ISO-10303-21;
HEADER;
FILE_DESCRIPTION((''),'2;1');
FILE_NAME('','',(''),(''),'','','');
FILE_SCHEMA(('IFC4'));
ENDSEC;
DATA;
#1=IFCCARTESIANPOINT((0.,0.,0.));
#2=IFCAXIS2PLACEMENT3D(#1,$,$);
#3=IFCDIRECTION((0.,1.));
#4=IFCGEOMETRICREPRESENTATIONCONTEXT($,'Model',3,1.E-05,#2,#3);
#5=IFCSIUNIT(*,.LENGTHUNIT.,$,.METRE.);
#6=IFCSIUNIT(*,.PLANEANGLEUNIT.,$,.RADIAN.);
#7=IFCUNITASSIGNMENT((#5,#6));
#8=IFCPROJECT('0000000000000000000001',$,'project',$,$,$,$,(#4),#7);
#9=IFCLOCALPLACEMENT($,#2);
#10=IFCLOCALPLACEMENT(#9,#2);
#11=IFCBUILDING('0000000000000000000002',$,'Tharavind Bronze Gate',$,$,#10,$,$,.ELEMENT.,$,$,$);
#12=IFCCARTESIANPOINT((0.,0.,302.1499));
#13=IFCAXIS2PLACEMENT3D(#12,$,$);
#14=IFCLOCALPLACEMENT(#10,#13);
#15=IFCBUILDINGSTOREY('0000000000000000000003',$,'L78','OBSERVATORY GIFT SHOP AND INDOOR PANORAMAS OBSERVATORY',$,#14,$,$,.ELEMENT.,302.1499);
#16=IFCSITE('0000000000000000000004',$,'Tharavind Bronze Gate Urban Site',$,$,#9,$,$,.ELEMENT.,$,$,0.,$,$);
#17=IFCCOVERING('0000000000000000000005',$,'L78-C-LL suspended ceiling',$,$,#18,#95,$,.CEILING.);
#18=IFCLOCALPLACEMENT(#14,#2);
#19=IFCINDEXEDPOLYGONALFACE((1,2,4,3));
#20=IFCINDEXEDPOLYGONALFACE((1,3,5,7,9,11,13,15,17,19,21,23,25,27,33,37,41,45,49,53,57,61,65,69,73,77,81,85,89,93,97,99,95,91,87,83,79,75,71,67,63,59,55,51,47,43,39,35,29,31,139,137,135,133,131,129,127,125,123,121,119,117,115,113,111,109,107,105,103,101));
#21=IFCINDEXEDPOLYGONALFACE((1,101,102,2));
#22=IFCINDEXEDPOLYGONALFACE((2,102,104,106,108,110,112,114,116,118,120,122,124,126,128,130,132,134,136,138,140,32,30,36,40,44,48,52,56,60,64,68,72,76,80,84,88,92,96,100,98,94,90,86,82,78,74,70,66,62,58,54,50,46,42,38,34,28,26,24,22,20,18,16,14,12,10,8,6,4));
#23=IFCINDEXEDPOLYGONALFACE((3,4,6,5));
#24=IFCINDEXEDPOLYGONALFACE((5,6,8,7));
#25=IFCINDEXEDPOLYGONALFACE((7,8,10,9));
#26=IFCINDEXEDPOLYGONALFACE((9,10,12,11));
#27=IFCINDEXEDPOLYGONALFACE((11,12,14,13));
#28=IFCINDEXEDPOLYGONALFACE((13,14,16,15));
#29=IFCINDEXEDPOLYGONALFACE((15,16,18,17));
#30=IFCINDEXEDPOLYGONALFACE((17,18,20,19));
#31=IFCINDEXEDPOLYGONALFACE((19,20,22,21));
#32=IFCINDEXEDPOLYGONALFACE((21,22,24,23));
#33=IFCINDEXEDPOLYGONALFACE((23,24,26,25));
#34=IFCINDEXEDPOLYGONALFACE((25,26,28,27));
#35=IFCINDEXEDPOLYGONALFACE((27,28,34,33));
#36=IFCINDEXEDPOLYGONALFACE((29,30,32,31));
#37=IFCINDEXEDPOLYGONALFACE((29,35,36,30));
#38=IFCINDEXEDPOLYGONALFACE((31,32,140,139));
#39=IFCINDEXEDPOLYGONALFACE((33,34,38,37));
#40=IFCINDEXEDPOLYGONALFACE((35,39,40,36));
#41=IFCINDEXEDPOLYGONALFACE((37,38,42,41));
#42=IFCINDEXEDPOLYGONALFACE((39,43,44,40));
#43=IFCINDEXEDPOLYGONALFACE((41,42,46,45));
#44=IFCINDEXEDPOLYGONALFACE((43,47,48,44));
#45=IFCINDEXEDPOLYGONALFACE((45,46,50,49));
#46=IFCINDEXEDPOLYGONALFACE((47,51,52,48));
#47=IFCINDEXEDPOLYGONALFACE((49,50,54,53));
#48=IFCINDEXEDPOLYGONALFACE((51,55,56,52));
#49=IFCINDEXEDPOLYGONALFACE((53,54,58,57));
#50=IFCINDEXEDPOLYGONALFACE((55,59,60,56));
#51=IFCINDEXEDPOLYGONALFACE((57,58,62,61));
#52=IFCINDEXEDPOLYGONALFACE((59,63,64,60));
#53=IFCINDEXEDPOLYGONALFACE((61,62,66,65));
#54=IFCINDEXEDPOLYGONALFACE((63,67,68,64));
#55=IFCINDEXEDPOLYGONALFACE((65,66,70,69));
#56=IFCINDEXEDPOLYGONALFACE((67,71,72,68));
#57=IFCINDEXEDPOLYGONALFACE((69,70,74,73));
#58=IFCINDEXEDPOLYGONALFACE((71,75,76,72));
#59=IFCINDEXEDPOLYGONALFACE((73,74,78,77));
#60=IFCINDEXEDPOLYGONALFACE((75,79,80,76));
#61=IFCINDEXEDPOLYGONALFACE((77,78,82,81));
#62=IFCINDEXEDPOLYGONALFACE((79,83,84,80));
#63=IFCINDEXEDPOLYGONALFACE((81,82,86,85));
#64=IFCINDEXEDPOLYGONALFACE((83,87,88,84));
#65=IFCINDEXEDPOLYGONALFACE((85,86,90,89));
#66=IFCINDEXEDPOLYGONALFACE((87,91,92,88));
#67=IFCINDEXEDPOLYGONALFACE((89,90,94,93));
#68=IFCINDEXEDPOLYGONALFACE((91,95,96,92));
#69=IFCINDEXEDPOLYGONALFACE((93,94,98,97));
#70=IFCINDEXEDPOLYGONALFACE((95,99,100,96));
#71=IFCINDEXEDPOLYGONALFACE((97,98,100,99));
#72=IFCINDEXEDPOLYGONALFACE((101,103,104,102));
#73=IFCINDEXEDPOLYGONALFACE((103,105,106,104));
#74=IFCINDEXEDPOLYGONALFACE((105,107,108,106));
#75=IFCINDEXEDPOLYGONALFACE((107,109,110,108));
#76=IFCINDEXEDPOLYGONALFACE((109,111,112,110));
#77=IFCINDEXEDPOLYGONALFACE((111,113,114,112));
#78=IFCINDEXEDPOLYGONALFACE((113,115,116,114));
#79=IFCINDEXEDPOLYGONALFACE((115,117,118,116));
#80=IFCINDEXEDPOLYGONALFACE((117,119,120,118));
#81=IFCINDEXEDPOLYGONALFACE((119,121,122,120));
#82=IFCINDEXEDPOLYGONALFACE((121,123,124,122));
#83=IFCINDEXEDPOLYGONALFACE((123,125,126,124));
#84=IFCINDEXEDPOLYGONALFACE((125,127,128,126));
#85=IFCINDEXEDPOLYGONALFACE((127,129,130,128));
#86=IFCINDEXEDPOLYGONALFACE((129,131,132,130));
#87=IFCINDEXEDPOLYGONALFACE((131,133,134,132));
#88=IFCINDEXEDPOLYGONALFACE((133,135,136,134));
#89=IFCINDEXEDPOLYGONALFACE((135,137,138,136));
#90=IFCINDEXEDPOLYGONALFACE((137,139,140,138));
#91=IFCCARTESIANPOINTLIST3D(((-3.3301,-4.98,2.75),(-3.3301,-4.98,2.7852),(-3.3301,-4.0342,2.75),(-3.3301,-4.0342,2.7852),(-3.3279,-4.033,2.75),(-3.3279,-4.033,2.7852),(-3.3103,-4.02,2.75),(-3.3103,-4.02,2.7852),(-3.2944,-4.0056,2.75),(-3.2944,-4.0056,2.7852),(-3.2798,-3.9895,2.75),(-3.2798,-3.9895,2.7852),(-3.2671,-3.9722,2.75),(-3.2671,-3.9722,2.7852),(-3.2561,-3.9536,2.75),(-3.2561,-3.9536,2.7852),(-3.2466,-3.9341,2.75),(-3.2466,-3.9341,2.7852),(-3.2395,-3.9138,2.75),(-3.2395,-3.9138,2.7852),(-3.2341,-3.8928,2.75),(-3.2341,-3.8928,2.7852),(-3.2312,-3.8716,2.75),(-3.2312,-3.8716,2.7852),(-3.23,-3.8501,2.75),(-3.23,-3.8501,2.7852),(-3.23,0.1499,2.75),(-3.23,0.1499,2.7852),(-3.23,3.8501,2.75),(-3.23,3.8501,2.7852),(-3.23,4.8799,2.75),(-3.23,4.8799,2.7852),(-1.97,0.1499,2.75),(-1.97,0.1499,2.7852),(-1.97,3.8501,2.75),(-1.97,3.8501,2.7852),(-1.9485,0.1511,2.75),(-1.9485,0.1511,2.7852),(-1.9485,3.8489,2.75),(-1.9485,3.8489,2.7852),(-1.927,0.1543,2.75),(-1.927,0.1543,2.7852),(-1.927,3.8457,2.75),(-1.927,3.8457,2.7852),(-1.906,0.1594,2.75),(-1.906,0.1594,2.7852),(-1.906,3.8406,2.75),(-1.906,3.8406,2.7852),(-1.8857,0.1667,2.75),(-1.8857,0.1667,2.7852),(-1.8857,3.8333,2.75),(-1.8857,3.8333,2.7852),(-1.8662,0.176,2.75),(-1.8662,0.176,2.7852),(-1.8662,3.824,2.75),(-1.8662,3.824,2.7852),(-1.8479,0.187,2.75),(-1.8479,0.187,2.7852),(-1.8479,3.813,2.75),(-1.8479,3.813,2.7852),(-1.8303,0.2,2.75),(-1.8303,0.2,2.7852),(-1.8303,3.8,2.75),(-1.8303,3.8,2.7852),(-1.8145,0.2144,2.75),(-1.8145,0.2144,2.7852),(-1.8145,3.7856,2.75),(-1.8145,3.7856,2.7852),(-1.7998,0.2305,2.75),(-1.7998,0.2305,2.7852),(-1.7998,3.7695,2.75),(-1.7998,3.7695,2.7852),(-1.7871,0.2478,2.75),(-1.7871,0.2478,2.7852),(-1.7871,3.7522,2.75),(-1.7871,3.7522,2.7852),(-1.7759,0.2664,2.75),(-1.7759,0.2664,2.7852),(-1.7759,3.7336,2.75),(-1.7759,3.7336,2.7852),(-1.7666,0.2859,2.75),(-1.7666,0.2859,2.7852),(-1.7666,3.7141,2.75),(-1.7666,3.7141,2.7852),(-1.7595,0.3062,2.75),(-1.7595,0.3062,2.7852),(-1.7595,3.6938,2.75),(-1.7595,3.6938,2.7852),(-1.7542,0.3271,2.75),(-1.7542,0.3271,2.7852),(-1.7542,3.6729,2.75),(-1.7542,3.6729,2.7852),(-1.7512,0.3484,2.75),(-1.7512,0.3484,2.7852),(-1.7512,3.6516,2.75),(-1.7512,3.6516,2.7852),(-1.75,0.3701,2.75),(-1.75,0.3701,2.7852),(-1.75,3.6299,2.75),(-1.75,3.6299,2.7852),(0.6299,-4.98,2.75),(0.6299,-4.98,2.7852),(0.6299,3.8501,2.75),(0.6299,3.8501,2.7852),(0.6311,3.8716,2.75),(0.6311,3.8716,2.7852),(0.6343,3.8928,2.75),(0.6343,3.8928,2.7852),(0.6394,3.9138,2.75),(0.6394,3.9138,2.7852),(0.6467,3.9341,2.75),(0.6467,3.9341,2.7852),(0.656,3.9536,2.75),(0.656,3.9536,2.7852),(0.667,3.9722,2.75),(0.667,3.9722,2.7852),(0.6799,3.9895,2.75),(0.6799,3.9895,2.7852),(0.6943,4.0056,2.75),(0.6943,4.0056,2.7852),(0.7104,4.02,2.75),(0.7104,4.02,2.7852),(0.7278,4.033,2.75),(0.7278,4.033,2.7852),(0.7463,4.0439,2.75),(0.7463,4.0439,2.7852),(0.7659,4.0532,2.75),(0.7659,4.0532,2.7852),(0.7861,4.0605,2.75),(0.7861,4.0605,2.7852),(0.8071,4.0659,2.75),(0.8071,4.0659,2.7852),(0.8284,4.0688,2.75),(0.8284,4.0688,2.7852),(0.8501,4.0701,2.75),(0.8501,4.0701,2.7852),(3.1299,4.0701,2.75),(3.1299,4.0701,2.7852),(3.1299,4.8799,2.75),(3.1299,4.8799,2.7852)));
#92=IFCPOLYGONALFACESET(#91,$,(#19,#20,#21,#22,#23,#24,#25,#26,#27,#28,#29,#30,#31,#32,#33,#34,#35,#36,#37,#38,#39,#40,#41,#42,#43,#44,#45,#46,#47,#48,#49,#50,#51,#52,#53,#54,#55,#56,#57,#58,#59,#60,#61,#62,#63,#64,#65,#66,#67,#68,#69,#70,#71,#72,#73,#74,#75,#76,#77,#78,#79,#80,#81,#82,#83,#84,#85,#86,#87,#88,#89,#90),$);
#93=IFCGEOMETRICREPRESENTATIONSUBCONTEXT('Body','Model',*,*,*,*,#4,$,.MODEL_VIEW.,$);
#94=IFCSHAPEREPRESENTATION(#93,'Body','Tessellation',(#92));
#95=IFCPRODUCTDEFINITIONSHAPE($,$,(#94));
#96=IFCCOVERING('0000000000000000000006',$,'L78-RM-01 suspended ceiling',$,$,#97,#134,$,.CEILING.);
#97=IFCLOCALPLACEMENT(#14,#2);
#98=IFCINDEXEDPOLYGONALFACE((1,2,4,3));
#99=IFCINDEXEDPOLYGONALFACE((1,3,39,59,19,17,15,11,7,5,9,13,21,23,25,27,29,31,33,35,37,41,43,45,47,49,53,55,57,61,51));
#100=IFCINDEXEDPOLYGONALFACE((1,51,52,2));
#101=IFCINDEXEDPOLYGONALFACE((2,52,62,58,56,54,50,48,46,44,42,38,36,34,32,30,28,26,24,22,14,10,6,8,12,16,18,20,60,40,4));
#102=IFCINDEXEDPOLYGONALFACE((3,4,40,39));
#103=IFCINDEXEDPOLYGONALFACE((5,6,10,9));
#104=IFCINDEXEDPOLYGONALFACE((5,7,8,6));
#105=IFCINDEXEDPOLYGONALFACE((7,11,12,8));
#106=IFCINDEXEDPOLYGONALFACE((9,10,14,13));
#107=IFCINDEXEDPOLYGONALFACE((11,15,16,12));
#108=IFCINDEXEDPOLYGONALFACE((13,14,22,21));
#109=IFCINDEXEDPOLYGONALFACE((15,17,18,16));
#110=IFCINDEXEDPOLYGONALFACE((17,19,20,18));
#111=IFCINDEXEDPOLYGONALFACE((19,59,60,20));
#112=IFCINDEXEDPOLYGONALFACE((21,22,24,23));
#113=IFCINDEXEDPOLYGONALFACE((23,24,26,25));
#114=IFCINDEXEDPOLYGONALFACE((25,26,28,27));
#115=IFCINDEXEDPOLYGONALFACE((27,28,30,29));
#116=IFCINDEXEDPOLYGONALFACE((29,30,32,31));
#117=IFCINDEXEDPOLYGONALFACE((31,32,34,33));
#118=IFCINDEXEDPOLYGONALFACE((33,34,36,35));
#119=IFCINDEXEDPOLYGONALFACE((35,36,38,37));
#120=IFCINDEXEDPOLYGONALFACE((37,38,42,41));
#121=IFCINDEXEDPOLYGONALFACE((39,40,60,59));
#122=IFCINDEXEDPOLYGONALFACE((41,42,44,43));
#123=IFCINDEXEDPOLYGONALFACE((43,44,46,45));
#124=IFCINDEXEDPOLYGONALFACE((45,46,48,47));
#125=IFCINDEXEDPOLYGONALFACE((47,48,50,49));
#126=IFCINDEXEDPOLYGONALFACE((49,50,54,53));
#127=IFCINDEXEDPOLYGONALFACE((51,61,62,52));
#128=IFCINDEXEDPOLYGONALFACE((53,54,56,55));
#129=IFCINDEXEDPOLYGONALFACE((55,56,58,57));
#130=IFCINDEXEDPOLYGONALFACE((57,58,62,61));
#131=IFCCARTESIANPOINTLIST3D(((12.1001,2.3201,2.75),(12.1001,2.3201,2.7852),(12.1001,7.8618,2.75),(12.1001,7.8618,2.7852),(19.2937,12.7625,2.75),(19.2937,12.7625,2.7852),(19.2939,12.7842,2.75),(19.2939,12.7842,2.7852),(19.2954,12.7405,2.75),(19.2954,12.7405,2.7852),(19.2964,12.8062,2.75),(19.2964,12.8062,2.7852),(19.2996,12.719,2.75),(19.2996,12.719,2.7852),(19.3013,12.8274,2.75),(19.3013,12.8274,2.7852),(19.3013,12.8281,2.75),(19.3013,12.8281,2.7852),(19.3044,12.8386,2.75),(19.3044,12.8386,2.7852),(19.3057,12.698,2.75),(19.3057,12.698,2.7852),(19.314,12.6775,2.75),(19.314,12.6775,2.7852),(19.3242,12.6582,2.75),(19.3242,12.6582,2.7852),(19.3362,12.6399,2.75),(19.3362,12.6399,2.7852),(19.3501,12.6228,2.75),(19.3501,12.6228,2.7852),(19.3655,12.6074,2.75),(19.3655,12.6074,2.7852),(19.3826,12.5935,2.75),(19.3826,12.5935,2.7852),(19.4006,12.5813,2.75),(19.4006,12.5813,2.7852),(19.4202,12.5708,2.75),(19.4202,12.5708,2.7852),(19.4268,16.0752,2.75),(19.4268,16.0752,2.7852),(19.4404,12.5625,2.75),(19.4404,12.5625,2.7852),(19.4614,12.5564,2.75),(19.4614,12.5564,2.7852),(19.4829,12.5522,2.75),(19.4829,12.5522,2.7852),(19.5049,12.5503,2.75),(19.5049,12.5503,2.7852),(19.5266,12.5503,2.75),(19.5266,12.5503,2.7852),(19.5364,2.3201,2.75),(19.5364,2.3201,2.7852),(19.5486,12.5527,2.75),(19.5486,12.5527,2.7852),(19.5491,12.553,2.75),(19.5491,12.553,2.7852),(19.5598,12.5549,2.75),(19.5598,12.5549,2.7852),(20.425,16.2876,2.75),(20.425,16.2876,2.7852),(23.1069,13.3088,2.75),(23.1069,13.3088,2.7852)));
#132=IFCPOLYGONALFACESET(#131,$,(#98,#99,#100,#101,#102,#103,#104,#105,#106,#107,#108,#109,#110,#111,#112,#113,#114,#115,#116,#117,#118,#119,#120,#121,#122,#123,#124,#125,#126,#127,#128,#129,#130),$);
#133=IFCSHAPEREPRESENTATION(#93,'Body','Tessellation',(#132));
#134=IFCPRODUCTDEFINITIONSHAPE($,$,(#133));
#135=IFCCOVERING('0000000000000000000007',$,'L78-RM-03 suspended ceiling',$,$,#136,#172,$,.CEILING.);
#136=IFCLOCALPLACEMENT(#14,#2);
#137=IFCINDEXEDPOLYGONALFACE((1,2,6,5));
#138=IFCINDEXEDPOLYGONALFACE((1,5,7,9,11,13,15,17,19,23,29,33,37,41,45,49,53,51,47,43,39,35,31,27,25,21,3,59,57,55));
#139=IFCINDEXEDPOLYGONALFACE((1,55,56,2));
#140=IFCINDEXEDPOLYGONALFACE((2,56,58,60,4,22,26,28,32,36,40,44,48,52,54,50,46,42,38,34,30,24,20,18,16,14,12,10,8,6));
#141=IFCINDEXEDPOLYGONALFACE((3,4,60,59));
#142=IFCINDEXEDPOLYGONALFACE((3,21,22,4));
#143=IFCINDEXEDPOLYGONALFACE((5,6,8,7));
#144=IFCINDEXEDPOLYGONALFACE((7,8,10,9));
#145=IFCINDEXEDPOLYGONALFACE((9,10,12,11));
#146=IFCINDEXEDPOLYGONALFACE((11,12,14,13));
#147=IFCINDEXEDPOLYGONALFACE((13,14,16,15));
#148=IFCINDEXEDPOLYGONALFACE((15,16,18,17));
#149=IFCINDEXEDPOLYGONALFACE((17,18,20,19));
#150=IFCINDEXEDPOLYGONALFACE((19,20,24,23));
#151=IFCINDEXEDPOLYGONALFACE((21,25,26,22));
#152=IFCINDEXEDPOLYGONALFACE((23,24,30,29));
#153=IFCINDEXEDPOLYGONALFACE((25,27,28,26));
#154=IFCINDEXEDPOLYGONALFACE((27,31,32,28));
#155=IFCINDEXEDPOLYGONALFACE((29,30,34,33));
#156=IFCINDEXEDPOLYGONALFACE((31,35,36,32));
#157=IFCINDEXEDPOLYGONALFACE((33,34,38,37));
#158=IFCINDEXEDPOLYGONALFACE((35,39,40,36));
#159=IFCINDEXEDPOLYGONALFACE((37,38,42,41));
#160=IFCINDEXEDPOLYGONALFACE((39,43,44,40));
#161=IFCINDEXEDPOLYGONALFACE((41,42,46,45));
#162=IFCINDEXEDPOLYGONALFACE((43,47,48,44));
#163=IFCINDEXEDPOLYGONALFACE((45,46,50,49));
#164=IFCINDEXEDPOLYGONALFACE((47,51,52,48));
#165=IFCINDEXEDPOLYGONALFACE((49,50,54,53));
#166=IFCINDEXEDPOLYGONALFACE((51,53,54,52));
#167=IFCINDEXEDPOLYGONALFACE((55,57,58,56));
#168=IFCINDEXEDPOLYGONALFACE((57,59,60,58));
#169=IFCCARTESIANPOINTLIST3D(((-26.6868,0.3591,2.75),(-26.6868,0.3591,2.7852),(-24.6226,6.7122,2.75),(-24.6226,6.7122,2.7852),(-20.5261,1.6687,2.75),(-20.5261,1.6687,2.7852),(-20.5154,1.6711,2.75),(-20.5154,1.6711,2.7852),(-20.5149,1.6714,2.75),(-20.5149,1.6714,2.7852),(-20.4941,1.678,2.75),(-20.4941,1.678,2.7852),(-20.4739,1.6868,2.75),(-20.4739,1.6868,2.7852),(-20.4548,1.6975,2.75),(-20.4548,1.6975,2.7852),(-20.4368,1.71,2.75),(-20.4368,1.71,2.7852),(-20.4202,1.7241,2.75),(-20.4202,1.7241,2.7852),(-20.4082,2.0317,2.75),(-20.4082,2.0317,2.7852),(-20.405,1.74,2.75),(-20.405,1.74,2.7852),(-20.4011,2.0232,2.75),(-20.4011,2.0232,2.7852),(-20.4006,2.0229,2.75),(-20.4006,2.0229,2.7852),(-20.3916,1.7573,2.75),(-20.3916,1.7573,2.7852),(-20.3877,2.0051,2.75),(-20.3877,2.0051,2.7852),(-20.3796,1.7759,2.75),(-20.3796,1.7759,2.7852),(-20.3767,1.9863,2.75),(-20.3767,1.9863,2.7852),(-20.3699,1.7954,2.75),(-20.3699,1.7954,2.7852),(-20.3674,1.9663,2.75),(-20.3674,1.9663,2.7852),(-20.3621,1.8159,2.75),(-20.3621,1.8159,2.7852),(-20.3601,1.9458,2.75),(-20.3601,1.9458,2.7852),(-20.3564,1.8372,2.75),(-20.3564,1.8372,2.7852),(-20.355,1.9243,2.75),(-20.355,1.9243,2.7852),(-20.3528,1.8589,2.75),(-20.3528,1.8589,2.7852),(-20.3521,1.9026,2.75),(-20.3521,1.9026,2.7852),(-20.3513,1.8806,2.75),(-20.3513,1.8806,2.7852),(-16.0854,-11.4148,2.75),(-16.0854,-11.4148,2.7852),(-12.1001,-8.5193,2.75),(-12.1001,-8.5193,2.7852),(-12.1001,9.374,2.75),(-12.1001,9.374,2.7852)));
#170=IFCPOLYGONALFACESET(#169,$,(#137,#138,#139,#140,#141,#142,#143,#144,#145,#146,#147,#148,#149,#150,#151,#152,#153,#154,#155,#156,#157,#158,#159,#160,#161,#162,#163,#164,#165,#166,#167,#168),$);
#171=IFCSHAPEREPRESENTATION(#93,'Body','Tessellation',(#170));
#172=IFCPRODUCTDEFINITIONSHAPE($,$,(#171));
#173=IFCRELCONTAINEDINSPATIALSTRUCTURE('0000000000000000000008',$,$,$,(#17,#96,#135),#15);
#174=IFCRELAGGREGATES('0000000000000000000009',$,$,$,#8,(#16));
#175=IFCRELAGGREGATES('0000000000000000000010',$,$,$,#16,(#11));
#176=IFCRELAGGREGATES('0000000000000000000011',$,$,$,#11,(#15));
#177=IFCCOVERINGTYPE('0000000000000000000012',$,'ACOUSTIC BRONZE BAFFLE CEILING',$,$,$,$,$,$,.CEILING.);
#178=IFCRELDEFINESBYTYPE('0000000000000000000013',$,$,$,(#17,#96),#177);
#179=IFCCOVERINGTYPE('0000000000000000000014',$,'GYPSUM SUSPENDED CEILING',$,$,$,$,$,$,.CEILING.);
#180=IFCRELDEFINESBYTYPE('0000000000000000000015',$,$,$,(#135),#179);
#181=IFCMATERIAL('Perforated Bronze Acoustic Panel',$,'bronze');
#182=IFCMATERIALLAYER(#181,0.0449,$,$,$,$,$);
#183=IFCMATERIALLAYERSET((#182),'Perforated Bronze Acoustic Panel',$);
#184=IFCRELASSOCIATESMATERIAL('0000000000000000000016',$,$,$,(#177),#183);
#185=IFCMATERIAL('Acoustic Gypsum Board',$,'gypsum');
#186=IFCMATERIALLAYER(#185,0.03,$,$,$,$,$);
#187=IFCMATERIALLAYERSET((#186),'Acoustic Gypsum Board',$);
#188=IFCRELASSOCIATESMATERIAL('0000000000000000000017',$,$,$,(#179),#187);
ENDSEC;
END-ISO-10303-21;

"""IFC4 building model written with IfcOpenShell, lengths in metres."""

from ifc_helpers import new_model, si_unit, direction, frame, origin, place, context, subcontext, project, spatial, polyline, outline, extrude, material, layer, layer_set, type_object, element, save


model = new_model("IFC4")

# Units and contexts
model_context = context("Model", 3, precision=1e-05, world=origin(), true_north=direction((0.0, 1.0)))
body_context = subcontext(model_context, "Body", "Model", "MODEL_VIEW")
ifc_project = project(units=[si_unit("LENGTHUNIT", "METRE"), si_unit("PLANEANGLEUNIT", "RADIAN")], contexts=[model_context])

# Site, building, storey
site_placement = place(None, origin())
site = spatial("IfcSite", under=ifc_project, at=site_placement, Name="Tharavind Bronze Gate Urban Site", CompositionType="ELEMENT", RefElevation=0.0)
building_placement = place(site_placement, origin())
building = spatial("IfcBuilding", under=site, at=building_placement, Name="Tharavind Bronze Gate", CompositionType="ELEMENT")
storey_placement = place(building_placement, frame((0.0, 0.0, 302.1499)))
storey = spatial("IfcBuildingStorey", under=building, at=storey_placement, Name="L78", Description="OBSERVATORY GIFT SHOP AND INDOOR PANORAMAS OBSERVATORY", CompositionType="ELEMENT", Elevation=302.1499)

# Coverings
ifc_material_1 = material(Name="Perforated Bronze Acoustic Panel", Category="bronze")
ifc_layer_1 = layer(ifc_material_1, 0.0449)
ifc_layer_set_1 = layer_set([ifc_layer_1], Name="Perforated Bronze Acoustic Panel")
covering_type_1 = type_object("IfcCoveringType", Name="ACOUSTIC BRONZE BAFFLE CEILING", PredefinedType="CEILING", material=ifc_layer_set_1)
covering_1_placement = place(storey_placement, frame((0.0, 0.0, 2.75)))
element("IfcCovering", 1, at=covering_1_placement, inside=storey, type_object=covering_type_1, Name="L78-C-LL suspended ceiling", PredefinedType="CEILING", context=body_context, shape_type="SweptSolid", body=[
    extrude(outline(polyline([(-3.3301, -4.98), (0.6299, -4.98), (0.6299, 3.8501), (0.6311, 3.8716), (0.6343, 3.8928), (0.6394, 3.9138), (0.6467, 3.9341), (0.656, 3.9536), (0.667, 3.9722), (0.6799, 3.9895), (0.6943, 4.0056), (0.7104, 4.02), (0.7278, 4.033), (0.7463, 4.0439), (0.7659, 4.0532), (0.7861, 4.0605), (0.8071, 4.0659), (0.8284, 4.0688), (0.8501, 4.0701), (3.1299, 4.0701), (3.1299, 4.8799), (-3.23, 4.8799), (-3.23, 3.8501), (-1.97, 3.8501), (-1.9485, 3.8489), (-1.927, 3.8457), (-1.906, 3.8406), (-1.8857, 3.8333), (-1.8662, 3.824), (-1.8479, 3.813), (-1.8303, 3.8), (-1.8145, 3.7856), (-1.7998, 3.7695), (-1.7871, 3.7522), (-1.7759, 3.7336), (-1.7666, 3.7141), (-1.7595, 3.6938), (-1.7542, 3.6729), (-1.7512, 3.6516), (-1.75, 3.6299), (-1.75, 0.3701), (-1.7512, 0.3484), (-1.7542, 0.3271), (-1.7595, 0.3062), (-1.7666, 0.2859), (-1.7759, 0.2664), (-1.7871, 0.2478), (-1.7998, 0.2305), (-1.8145, 0.2144), (-1.8303, 0.2), (-1.8479, 0.187), (-1.8662, 0.176), (-1.8857, 0.1667), (-1.906, 0.1594), (-1.927, 0.1543), (-1.9485, 0.1511), (-1.97, 0.1499), (-3.23, 0.1499), (-3.23, -3.8501), (-3.2312, -3.8716), (-3.2341, -3.8928), (-3.2395, -3.9138), (-3.2466, -3.9341), (-3.2561, -3.9536), (-3.2671, -3.9722), (-3.2798, -3.9895), (-3.2944, -4.0056), (-3.3103, -4.02), (-3.3279, -4.033), (-3.3301, -4.0342), (-3.3301, -4.98)])), origin(), (0.0, 0.0, 1.0), 0.0352),
])
covering_2_placement = place(storey_placement, frame((0.0, 0.0, 2.75)))
element("IfcCovering", 2, at=covering_2_placement, inside=storey, type_object=covering_type_1, Name="L78-RM-01 suspended ceiling", PredefinedType="CEILING", context=body_context, shape_type="SweptSolid", body=[
    extrude(outline(polyline([(19.5364, 2.3201), (23.1069, 13.3088), (19.5598, 12.5549), (19.5491, 12.553), (19.5486, 12.5527), (19.5266, 12.5503), (19.5049, 12.5503), (19.4829, 12.5522), (19.4614, 12.5564), (19.4404, 12.5625), (19.4202, 12.5708), (19.4006, 12.5813), (19.3826, 12.5935), (19.3655, 12.6074), (19.3501, 12.6228), (19.3362, 12.6399), (19.3242, 12.6582), (19.314, 12.6775), (19.3057, 12.698), (19.2996, 12.719), (19.2954, 12.7405), (19.2937, 12.7625), (19.2939, 12.7842), (19.2964, 12.8062), (19.3013, 12.8274), (19.3013, 12.8281), (19.3044, 12.8386), (20.425, 16.2876), (19.4268, 16.0752), (12.1001, 7.8618), (12.1001, 2.3201), (19.5364, 2.3201)])), origin(), (0.0, 0.0, 1.0), 0.0352),
])
ifc_material_2 = material(Name="Acoustic Gypsum Board", Category="gypsum")
ifc_layer_2 = layer(ifc_material_2, 0.03)
ifc_layer_set_2 = layer_set([ifc_layer_2], Name="Acoustic Gypsum Board")
covering_type_2 = type_object("IfcCoveringType", Name="GYPSUM SUSPENDED CEILING", PredefinedType="CEILING", material=ifc_layer_set_2)
covering_3_placement = place(storey_placement, frame((0.0, 0.0, 2.75)))
element("IfcCovering", 3, at=covering_3_placement, inside=storey, type_object=covering_type_2, Name="L78-RM-03 suspended ceiling", PredefinedType="CEILING", context=body_context, shape_type="SweptSolid", body=[
    extrude(outline(polyline([(-16.0854, -11.4148), (-12.1001, -8.5193), (-12.1001, 9.374), (-24.6226, 6.7122), (-20.4082, 2.0317), (-20.4011, 2.0232), (-20.4006, 2.0229), (-20.3877, 2.0051), (-20.3767, 1.9863), (-20.3674, 1.9663), (-20.3601, 1.9458), (-20.355, 1.9243), (-20.3521, 1.9026), (-20.3513, 1.8806), (-20.3528, 1.8589), (-20.3564, 1.8372), (-20.3621, 1.8159), (-20.3699, 1.7954), (-20.3796, 1.7759), (-20.3916, 1.7573), (-20.405, 1.74), (-20.4202, 1.7241), (-20.4368, 1.71), (-20.4548, 1.6975), (-20.4739, 1.6868), (-20.4941, 1.678), (-20.5149, 1.6714), (-20.5154, 1.6711), (-20.5261, 1.6687), (-26.6868, 0.3591), (-16.0854, -11.4148)])), origin(), (0.0, 0.0, 1.0), 0.0352),
])

save(model, "model.ifc")
